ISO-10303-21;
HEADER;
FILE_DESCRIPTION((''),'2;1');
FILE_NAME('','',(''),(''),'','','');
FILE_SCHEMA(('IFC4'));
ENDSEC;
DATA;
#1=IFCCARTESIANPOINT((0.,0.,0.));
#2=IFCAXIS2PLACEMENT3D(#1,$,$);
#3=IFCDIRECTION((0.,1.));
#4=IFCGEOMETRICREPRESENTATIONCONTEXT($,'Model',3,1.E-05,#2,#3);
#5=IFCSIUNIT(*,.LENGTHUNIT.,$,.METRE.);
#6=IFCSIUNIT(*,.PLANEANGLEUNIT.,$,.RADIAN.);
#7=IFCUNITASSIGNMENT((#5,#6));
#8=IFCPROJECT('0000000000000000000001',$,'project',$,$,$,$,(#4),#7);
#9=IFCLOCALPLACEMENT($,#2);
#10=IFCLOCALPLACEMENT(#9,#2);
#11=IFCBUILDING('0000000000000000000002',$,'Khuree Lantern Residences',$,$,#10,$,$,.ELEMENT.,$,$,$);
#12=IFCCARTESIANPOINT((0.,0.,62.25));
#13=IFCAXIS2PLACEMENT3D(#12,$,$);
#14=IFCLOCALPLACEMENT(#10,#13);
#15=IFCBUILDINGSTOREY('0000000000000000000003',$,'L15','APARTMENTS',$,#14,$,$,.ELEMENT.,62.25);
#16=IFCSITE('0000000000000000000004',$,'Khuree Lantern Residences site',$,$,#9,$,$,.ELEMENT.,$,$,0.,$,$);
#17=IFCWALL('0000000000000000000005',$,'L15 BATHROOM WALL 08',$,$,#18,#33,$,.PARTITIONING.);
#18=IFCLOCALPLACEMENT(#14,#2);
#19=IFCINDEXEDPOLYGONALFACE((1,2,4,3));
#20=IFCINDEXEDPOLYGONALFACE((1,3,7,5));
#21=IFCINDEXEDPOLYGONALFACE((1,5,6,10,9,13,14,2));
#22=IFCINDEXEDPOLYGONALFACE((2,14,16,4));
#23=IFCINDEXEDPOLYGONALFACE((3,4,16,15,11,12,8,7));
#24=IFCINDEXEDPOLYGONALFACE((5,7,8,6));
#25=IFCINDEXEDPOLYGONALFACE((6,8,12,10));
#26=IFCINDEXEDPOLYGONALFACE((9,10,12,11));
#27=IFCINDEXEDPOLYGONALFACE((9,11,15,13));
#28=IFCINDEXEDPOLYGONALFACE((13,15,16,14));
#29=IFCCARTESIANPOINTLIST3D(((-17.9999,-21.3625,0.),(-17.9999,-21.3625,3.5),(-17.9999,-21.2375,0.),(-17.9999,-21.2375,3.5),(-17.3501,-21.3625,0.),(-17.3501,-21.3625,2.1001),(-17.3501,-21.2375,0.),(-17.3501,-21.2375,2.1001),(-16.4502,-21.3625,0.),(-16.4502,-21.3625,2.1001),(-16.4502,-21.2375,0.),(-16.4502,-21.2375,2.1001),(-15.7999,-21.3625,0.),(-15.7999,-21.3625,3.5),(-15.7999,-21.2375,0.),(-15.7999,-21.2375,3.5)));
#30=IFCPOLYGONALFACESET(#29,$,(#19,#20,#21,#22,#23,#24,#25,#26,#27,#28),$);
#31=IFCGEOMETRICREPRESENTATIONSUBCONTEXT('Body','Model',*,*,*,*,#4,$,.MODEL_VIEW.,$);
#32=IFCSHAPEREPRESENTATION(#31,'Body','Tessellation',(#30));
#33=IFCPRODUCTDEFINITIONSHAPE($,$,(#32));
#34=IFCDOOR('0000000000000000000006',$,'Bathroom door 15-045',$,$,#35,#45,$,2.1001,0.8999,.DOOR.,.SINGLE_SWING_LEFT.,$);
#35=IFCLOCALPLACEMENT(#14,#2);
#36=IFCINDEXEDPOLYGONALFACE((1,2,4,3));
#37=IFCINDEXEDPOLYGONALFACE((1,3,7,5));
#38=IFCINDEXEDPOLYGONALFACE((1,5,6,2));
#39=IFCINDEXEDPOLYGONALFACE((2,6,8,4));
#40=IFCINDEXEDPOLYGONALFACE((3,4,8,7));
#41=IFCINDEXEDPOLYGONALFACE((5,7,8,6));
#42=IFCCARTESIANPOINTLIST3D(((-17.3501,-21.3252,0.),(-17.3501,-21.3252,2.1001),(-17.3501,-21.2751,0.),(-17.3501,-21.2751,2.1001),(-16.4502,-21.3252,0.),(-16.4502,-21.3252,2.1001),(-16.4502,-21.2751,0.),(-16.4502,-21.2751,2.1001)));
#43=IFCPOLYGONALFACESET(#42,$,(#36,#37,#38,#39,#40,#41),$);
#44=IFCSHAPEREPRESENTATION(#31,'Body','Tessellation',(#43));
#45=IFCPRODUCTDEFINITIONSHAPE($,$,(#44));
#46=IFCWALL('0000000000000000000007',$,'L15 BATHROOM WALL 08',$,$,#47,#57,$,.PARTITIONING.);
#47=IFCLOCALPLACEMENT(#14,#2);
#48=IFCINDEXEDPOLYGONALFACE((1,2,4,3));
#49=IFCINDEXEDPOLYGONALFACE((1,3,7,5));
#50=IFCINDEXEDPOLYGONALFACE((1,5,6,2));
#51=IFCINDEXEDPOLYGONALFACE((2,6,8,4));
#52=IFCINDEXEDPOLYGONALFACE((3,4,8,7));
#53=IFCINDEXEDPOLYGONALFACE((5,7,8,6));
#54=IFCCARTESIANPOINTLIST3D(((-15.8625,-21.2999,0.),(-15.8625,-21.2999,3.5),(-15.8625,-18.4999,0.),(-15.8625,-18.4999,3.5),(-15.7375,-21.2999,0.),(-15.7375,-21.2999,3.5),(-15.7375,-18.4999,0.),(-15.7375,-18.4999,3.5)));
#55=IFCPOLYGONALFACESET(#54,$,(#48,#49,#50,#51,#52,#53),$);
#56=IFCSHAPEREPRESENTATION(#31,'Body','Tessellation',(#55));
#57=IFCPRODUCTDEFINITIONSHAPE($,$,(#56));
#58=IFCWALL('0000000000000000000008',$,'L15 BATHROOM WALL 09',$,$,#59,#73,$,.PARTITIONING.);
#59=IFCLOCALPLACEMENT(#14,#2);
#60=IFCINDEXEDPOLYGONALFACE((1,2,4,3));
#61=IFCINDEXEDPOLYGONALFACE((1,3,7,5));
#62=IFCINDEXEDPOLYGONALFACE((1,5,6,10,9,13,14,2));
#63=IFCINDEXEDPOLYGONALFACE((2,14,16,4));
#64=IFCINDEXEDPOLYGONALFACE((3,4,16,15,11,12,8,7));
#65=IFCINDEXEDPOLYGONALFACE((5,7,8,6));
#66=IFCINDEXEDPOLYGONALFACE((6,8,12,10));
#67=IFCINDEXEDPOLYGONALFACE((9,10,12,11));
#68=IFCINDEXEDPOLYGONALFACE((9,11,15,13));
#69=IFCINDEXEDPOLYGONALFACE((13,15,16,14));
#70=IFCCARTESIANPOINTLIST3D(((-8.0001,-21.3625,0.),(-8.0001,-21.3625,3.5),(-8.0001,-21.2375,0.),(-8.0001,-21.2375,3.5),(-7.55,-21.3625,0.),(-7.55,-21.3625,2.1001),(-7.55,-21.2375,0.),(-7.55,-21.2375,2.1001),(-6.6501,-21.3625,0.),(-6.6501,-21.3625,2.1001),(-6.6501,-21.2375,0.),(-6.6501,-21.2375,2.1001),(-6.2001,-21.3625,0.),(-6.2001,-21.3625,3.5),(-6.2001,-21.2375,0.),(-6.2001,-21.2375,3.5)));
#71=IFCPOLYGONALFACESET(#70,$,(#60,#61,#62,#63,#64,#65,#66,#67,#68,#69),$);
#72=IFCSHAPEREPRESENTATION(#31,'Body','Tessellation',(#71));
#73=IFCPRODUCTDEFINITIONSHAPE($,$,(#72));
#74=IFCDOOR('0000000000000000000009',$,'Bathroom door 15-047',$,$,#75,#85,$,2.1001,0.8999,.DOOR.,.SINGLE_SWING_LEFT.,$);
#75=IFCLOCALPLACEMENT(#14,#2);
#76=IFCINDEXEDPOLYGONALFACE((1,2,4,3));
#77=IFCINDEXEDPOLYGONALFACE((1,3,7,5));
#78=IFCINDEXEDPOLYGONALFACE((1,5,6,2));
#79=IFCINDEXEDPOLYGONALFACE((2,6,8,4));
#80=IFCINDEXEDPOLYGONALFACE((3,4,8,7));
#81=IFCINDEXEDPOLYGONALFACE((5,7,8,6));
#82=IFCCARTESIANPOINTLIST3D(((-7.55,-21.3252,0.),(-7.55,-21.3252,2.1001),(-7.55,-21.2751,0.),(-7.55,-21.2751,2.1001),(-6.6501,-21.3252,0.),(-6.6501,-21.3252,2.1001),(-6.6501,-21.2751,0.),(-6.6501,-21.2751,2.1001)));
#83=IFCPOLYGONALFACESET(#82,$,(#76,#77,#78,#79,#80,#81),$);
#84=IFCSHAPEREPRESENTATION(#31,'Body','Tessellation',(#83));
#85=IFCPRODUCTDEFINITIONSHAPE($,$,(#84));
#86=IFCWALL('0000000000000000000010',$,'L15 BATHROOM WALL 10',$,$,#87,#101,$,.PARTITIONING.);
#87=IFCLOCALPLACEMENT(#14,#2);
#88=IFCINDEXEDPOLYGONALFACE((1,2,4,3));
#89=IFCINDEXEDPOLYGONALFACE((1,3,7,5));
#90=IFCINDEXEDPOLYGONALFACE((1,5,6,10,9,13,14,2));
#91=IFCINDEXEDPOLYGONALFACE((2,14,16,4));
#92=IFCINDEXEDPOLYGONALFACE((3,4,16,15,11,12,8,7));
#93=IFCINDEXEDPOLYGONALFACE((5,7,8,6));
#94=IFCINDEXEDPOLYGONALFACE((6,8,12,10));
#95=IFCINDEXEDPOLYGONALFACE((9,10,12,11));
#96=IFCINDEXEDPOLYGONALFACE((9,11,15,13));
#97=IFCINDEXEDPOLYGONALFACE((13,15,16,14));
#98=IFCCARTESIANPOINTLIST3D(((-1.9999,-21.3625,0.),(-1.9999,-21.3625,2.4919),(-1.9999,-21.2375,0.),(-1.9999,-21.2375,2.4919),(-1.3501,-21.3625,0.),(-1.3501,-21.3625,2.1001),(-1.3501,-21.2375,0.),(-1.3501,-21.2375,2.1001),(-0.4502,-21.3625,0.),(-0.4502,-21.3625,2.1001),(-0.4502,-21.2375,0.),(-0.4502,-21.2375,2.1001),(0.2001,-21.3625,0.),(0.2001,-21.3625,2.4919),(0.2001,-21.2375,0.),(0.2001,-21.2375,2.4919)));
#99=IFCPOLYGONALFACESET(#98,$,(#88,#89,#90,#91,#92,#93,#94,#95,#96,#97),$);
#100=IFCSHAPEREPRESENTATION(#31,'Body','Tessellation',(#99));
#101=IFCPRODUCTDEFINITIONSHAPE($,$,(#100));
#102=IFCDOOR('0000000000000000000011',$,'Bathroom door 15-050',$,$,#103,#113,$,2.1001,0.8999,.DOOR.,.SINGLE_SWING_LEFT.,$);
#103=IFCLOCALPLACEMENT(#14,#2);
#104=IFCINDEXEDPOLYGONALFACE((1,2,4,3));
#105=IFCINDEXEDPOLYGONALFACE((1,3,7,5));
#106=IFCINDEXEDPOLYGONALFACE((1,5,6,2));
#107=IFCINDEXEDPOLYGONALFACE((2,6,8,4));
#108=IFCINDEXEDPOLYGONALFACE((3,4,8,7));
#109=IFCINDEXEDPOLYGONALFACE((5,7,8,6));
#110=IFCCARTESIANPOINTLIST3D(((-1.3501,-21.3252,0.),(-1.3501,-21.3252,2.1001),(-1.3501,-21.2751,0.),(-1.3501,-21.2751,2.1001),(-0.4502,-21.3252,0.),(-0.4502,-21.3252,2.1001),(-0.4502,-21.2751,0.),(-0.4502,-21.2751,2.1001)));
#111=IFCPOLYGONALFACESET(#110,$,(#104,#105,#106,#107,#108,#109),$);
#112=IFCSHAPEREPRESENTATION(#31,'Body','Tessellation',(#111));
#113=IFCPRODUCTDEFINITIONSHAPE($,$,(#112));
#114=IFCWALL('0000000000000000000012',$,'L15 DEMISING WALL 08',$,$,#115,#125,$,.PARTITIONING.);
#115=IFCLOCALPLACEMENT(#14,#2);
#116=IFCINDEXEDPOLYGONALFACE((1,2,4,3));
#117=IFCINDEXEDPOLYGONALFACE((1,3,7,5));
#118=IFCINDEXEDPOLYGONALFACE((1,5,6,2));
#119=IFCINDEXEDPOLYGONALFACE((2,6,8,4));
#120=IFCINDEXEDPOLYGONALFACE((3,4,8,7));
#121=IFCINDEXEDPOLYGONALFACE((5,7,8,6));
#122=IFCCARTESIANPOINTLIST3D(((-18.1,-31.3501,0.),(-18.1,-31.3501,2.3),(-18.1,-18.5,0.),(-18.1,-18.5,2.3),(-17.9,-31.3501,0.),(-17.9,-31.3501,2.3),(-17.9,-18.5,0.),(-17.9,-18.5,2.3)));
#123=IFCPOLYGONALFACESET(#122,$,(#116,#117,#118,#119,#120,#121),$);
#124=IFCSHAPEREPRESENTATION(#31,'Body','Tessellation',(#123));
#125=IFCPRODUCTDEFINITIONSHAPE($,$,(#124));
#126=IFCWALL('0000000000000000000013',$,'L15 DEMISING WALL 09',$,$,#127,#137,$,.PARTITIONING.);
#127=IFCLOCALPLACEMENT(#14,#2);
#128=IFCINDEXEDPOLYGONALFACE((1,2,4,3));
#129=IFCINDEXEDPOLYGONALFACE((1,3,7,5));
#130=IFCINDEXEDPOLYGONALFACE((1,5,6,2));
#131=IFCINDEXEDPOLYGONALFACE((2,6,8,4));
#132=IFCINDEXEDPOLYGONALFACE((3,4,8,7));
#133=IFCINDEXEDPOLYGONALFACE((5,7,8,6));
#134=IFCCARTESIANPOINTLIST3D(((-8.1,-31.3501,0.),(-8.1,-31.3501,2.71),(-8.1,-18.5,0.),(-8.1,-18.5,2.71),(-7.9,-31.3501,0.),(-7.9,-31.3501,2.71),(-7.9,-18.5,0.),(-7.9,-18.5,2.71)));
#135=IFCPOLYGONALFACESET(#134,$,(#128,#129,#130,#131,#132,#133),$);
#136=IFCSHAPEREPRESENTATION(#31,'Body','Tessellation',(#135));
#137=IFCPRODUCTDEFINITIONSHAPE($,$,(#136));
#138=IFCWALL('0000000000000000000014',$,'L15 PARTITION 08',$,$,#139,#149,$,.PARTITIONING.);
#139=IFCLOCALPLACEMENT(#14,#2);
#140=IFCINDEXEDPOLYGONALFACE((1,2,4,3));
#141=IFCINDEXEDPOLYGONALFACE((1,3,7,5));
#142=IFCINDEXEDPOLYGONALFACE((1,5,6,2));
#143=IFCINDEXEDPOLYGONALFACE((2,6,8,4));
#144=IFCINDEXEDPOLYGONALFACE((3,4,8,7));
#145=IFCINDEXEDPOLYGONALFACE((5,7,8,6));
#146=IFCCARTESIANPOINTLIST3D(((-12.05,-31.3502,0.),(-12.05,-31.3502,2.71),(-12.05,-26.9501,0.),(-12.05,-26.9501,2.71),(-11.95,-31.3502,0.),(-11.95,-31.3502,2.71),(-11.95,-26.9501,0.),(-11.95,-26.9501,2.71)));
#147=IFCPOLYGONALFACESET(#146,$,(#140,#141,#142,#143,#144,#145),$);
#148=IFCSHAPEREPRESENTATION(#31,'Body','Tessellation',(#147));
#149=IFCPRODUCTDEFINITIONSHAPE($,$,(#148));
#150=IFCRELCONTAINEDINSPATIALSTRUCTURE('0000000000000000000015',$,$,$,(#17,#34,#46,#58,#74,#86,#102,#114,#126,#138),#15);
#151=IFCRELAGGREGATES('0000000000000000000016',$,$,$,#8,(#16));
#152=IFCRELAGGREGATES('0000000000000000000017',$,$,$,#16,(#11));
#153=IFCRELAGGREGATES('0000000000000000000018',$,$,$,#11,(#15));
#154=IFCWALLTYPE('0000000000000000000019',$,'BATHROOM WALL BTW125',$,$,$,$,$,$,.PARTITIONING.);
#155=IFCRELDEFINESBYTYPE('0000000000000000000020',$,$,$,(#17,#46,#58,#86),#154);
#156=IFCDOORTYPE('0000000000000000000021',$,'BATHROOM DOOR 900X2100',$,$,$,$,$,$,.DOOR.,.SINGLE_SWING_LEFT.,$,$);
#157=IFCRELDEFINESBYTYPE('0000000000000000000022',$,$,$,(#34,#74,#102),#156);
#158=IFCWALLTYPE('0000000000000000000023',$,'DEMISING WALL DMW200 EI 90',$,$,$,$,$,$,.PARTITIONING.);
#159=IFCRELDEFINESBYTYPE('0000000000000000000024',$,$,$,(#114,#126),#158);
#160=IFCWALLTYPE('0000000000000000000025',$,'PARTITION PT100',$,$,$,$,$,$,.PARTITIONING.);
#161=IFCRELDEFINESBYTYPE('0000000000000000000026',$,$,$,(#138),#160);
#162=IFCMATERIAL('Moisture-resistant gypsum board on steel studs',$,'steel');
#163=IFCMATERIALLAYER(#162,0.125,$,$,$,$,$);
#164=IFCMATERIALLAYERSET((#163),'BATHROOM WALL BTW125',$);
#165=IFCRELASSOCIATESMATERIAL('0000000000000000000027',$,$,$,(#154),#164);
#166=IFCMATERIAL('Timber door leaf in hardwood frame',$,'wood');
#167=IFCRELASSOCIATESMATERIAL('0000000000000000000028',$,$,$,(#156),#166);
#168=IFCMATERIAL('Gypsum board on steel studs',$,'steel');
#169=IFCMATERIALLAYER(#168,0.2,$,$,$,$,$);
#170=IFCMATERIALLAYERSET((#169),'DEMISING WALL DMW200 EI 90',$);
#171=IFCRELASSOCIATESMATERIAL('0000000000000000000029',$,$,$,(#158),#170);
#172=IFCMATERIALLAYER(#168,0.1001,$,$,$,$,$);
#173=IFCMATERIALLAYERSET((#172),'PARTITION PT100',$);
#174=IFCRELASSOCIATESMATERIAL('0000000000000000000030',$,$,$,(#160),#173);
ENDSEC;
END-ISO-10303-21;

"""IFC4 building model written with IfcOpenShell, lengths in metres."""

from ifc_helpers import new_model, si_unit, direction, frame, frame_2d, origin, place, context, subcontext, project, spatial, rectangle, extrude, material, layer, layer_set, type_object, element, fill, save


model = new_model("IFC4")

# Units and contexts
model_context = context("Model", 3, precision=1e-05, world=origin(), true_north=direction((0.0, 1.0)))
body_context = subcontext(model_context, "Body", "Model", "MODEL_VIEW")
ifc_project = project(units=[si_unit("LENGTHUNIT", "METRE"), si_unit("PLANEANGLEUNIT", "RADIAN")], contexts=[model_context])

# Site, building, storey
site_placement = place(None, origin())
site = spatial("IfcSite", under=ifc_project, at=site_placement, Name="Khuree Lantern Residences site", CompositionType="ELEMENT", RefElevation=0.0)
building_placement = place(site_placement, origin())
building = spatial("IfcBuilding", under=site, at=building_placement, Name="Khuree Lantern Residences", CompositionType="ELEMENT")
storey_placement = place(building_placement, frame((0.0, 0.0, 62.25)))
storey = spatial("IfcBuildingStorey", under=building, at=storey_placement, Name="L15", Description="APARTMENTS", CompositionType="ELEMENT", Elevation=62.25)

# Wall, opening, door
ifc_material_1 = material(Name="Moisture-resistant gypsum board on steel studs", Category="steel")
ifc_layer_1 = layer(ifc_material_1, 0.125)
ifc_layer_set_1 = layer_set([ifc_layer_1], Name="BATHROOM WALL BTW125")
wall_type_1 = type_object("IfcWallType", Name="BATHROOM WALL BTW125", PredefinedType="PARTITIONING", material=ifc_layer_set_1)
wall_1_placement = place(storey_placement, frame((-18.0, -21.3, 0.0), z_axis=(0.0, 0.0, 1.0), x_axis=(1.0, 0.0, 0.0)))
wall_1 = element("IfcWall", 1, at=wall_1_placement, inside=storey, type_object=wall_type_1, Name="L15 BATHROOM WALL 08", PredefinedType="PARTITIONING", context=body_context, shape_type="SweptSolid", body=[
    extrude(rectangle(XDim=2.2, YDim=0.125, at=frame_2d((1.1001, 0.0))), origin(), (0.0, 0.0, 1.0), 3.5),
])
opening_1_placement = place(wall_1_placement, frame((0.6499, 0.0, 0.0)))
opening_1 = element("IfcOpeningElement", 2, at=opening_1_placement, cuts=wall_1, PredefinedType="OPENING", context=body_context, shape_type="SweptSolid", body=[
    extrude(rectangle(XDim=0.8999, YDim=2.1001, at=frame_2d((0.45, 1.05))), frame((0.0, 0.0725, 0.0), z_axis=(0.0, -1.0, 0.0), x_axis=(1.0, 0.0, 0.0)), (0.0, 0.0, 1.0), 0.145),
])
ifc_material_2 = material(Name="Timber door leaf in hardwood frame", Category="wood")
door_type_1 = type_object("IfcDoorType", Name="BATHROOM DOOR 900X2100", OperationType="SINGLE_SWING_LEFT", PredefinedType="DOOR", material=ifc_material_2)
door_1_placement = place(opening_1_placement, origin())
door_1 = element("IfcDoor", 3, at=door_1_placement, inside=storey, type_object=door_type_1, Name="Bathroom door 15-045", OperationType="SINGLE_SWING_LEFT", OverallHeight=2.1001, OverallWidth=0.8999, PredefinedType="DOOR", context=body_context, shape_type="SweptSolid", body=[
    extrude(rectangle(XDim=0.8999, YDim=2.1001, at=frame_2d((0.45, 1.05))), frame((0.0, 0.0249, 0.0), z_axis=(0.0, -1.0, 0.0), x_axis=(1.0, 0.0, 0.0)), (0.0, 0.0, 1.0), 0.05),
])
fill(opening_1, door_1)

# Wall
wall_2_placement = place(storey_placement, frame((-15.8, -18.5, 0.0), z_axis=(0.0, 0.0, 1.0), x_axis=(0.0, -1.0, 0.0)))
element("IfcWall", 4, at=wall_2_placement, inside=storey, type_object=wall_type_1, Name="L15 BATHROOM WALL 08", PredefinedType="PARTITIONING", context=body_context, shape_type="SweptSolid", body=[
    extrude(rectangle(XDim=2.8, YDim=0.125, at=frame_2d((1.3999, 0.0))), origin(), (0.0, 0.0, 1.0), 3.5),
])

# Walls, openings, doors
wall_3_placement = place(storey_placement, frame((-8.0, -21.3, 0.0), z_axis=(0.0, 0.0, 1.0), x_axis=(1.0, 0.0, 0.0)))
wall_3 = element("IfcWall", 5, at=wall_3_placement, inside=storey, type_object=wall_type_1, Name="L15 BATHROOM WALL 09", PredefinedType="PARTITIONING", context=body_context, shape_type="SweptSolid", body=[
    extrude(rectangle(XDim=1.8, YDim=0.125, at=frame_2d((0.8999, 0.0))), origin(), (0.0, 0.0, 1.0), 3.5),
])
opening_2_placement = place(wall_3_placement, frame((0.45, 0.0, 0.0)))
opening_2 = element("IfcOpeningElement", 6, at=opening_2_placement, cuts=wall_3, PredefinedType="OPENING", context=body_context, shape_type="SweptSolid", body=[
    extrude(rectangle(XDim=0.8999, YDim=2.1001, at=frame_2d((0.45, 1.05))), frame((0.0, 0.0725, 0.0), z_axis=(0.0, -1.0, 0.0), x_axis=(1.0, 0.0, 0.0)), (0.0, 0.0, 1.0), 0.145),
])
door_2_placement = place(opening_2_placement, origin())
door_2 = element("IfcDoor", 7, at=door_2_placement, inside=storey, type_object=door_type_1, Name="Bathroom door 15-047", OperationType="SINGLE_SWING_LEFT", OverallHeight=2.1001, OverallWidth=0.8999, PredefinedType="DOOR", context=body_context, shape_type="SweptSolid", body=[
    extrude(rectangle(XDim=0.8999, YDim=2.1001, at=frame_2d((0.45, 1.05))), frame((0.0, 0.0249, 0.0), z_axis=(0.0, -1.0, 0.0), x_axis=(1.0, 0.0, 0.0)), (0.0, 0.0, 1.0), 0.05),
])
fill(opening_2, door_2)
wall_4_placement = place(storey_placement, frame((-2.0, -21.3, 0.0), z_axis=(0.0, 0.0, 1.0), x_axis=(1.0, 0.0, 0.0)))
wall_4 = element("IfcWall", 8, at=wall_4_placement, inside=storey, type_object=wall_type_1, Name="L15 BATHROOM WALL 10", PredefinedType="PARTITIONING", context=body_context, shape_type="SweptSolid", body=[
    extrude(rectangle(XDim=2.2, YDim=0.125, at=frame_2d((1.1001, 0.0))), origin(), (0.0, 0.0, 1.0), 2.4919),
])
opening_3_placement = place(wall_4_placement, frame((0.6499, 0.0, 0.0)))
opening_3 = element("IfcOpeningElement", 9, at=opening_3_placement, cuts=wall_4, PredefinedType="OPENING", context=body_context, shape_type="SweptSolid", body=[
    extrude(rectangle(XDim=0.8999, YDim=2.1001, at=frame_2d((0.45, 1.05))), frame((0.0, 0.0725, 0.0), z_axis=(0.0, -1.0, 0.0), x_axis=(1.0, 0.0, 0.0)), (0.0, 0.0, 1.0), 0.145),
])
door_3_placement = place(opening_3_placement, origin())
door_3 = element("IfcDoor", 10, at=door_3_placement, inside=storey, type_object=door_type_1, Name="Bathroom door 15-050", OperationType="SINGLE_SWING_LEFT", OverallHeight=2.1001, OverallWidth=0.8999, PredefinedType="DOOR", context=body_context, shape_type="SweptSolid", body=[
    extrude(rectangle(XDim=0.8999, YDim=2.1001, at=frame_2d((0.45, 1.05))), frame((0.0, 0.0249, 0.0), z_axis=(0.0, -1.0, 0.0), x_axis=(1.0, 0.0, 0.0)), (0.0, 0.0, 1.0), 0.05),
])
fill(opening_3, door_3)

# Walls
ifc_material_3 = material(Name="Gypsum board on steel studs", Category="steel")
ifc_layer_2 = layer(ifc_material_3, 0.2)
ifc_layer_set_2 = layer_set([ifc_layer_2], Name="DEMISING WALL DMW200 EI 90")
wall_type_2 = type_object("IfcWallType", Name="DEMISING WALL DMW200 EI 90", PredefinedType="PARTITIONING", material=ifc_layer_set_2)
wall_5_placement = place(storey_placement, frame((-18.0, -18.5, 0.0), z_axis=(0.0, 0.0, 1.0), x_axis=(0.0, -1.0, 0.0)))
element("IfcWall", 11, at=wall_5_placement, inside=storey, type_object=wall_type_2, Name="L15 DEMISING WALL 08", PredefinedType="PARTITIONING", context=body_context, shape_type="SweptSolid", body=[
    extrude(rectangle(XDim=12.8501, YDim=0.2, at=frame_2d((6.425, 0.0))), origin(), (0.0, 0.0, 1.0), 2.3),
])
wall_6_placement = place(storey_placement, frame((-8.0, -18.5, 0.0), z_axis=(0.0, 0.0, 1.0), x_axis=(0.0, -1.0, 0.0)))
element("IfcWall", 12, at=wall_6_placement, inside=storey, type_object=wall_type_2, Name="L15 DEMISING WALL 09", PredefinedType="PARTITIONING", context=body_context, shape_type="SweptSolid", body=[
    extrude(rectangle(XDim=12.8501, YDim=0.2, at=frame_2d((6.425, 0.0))), origin(), (0.0, 0.0, 1.0), 2.71),
])
ifc_layer_3 = layer(ifc_material_3, 0.1001)
ifc_layer_set_3 = layer_set([ifc_layer_3], Name="PARTITION PT100")
wall_type_3 = type_object("IfcWallType", Name="PARTITION PT100", PredefinedType="PARTITIONING", material=ifc_layer_set_3)
wall_7_placement = place(storey_placement, frame((-12.0, -26.95, 0.0), z_axis=(0.0, 0.0, 1.0), x_axis=(0.0, -1.0, 0.0)))
element("IfcWall", 13, at=wall_7_placement, inside=storey, type_object=wall_type_3, Name="L15 PARTITION 08", PredefinedType="PARTITIONING", context=body_context, shape_type="SweptSolid", body=[
    extrude(rectangle(XDim=4.4001, YDim=0.1001, at=frame_2d((2.2002, 0.0))), origin(), (0.0, 0.0, 1.0), 2.71),
])

save(model, "model.ifc")
